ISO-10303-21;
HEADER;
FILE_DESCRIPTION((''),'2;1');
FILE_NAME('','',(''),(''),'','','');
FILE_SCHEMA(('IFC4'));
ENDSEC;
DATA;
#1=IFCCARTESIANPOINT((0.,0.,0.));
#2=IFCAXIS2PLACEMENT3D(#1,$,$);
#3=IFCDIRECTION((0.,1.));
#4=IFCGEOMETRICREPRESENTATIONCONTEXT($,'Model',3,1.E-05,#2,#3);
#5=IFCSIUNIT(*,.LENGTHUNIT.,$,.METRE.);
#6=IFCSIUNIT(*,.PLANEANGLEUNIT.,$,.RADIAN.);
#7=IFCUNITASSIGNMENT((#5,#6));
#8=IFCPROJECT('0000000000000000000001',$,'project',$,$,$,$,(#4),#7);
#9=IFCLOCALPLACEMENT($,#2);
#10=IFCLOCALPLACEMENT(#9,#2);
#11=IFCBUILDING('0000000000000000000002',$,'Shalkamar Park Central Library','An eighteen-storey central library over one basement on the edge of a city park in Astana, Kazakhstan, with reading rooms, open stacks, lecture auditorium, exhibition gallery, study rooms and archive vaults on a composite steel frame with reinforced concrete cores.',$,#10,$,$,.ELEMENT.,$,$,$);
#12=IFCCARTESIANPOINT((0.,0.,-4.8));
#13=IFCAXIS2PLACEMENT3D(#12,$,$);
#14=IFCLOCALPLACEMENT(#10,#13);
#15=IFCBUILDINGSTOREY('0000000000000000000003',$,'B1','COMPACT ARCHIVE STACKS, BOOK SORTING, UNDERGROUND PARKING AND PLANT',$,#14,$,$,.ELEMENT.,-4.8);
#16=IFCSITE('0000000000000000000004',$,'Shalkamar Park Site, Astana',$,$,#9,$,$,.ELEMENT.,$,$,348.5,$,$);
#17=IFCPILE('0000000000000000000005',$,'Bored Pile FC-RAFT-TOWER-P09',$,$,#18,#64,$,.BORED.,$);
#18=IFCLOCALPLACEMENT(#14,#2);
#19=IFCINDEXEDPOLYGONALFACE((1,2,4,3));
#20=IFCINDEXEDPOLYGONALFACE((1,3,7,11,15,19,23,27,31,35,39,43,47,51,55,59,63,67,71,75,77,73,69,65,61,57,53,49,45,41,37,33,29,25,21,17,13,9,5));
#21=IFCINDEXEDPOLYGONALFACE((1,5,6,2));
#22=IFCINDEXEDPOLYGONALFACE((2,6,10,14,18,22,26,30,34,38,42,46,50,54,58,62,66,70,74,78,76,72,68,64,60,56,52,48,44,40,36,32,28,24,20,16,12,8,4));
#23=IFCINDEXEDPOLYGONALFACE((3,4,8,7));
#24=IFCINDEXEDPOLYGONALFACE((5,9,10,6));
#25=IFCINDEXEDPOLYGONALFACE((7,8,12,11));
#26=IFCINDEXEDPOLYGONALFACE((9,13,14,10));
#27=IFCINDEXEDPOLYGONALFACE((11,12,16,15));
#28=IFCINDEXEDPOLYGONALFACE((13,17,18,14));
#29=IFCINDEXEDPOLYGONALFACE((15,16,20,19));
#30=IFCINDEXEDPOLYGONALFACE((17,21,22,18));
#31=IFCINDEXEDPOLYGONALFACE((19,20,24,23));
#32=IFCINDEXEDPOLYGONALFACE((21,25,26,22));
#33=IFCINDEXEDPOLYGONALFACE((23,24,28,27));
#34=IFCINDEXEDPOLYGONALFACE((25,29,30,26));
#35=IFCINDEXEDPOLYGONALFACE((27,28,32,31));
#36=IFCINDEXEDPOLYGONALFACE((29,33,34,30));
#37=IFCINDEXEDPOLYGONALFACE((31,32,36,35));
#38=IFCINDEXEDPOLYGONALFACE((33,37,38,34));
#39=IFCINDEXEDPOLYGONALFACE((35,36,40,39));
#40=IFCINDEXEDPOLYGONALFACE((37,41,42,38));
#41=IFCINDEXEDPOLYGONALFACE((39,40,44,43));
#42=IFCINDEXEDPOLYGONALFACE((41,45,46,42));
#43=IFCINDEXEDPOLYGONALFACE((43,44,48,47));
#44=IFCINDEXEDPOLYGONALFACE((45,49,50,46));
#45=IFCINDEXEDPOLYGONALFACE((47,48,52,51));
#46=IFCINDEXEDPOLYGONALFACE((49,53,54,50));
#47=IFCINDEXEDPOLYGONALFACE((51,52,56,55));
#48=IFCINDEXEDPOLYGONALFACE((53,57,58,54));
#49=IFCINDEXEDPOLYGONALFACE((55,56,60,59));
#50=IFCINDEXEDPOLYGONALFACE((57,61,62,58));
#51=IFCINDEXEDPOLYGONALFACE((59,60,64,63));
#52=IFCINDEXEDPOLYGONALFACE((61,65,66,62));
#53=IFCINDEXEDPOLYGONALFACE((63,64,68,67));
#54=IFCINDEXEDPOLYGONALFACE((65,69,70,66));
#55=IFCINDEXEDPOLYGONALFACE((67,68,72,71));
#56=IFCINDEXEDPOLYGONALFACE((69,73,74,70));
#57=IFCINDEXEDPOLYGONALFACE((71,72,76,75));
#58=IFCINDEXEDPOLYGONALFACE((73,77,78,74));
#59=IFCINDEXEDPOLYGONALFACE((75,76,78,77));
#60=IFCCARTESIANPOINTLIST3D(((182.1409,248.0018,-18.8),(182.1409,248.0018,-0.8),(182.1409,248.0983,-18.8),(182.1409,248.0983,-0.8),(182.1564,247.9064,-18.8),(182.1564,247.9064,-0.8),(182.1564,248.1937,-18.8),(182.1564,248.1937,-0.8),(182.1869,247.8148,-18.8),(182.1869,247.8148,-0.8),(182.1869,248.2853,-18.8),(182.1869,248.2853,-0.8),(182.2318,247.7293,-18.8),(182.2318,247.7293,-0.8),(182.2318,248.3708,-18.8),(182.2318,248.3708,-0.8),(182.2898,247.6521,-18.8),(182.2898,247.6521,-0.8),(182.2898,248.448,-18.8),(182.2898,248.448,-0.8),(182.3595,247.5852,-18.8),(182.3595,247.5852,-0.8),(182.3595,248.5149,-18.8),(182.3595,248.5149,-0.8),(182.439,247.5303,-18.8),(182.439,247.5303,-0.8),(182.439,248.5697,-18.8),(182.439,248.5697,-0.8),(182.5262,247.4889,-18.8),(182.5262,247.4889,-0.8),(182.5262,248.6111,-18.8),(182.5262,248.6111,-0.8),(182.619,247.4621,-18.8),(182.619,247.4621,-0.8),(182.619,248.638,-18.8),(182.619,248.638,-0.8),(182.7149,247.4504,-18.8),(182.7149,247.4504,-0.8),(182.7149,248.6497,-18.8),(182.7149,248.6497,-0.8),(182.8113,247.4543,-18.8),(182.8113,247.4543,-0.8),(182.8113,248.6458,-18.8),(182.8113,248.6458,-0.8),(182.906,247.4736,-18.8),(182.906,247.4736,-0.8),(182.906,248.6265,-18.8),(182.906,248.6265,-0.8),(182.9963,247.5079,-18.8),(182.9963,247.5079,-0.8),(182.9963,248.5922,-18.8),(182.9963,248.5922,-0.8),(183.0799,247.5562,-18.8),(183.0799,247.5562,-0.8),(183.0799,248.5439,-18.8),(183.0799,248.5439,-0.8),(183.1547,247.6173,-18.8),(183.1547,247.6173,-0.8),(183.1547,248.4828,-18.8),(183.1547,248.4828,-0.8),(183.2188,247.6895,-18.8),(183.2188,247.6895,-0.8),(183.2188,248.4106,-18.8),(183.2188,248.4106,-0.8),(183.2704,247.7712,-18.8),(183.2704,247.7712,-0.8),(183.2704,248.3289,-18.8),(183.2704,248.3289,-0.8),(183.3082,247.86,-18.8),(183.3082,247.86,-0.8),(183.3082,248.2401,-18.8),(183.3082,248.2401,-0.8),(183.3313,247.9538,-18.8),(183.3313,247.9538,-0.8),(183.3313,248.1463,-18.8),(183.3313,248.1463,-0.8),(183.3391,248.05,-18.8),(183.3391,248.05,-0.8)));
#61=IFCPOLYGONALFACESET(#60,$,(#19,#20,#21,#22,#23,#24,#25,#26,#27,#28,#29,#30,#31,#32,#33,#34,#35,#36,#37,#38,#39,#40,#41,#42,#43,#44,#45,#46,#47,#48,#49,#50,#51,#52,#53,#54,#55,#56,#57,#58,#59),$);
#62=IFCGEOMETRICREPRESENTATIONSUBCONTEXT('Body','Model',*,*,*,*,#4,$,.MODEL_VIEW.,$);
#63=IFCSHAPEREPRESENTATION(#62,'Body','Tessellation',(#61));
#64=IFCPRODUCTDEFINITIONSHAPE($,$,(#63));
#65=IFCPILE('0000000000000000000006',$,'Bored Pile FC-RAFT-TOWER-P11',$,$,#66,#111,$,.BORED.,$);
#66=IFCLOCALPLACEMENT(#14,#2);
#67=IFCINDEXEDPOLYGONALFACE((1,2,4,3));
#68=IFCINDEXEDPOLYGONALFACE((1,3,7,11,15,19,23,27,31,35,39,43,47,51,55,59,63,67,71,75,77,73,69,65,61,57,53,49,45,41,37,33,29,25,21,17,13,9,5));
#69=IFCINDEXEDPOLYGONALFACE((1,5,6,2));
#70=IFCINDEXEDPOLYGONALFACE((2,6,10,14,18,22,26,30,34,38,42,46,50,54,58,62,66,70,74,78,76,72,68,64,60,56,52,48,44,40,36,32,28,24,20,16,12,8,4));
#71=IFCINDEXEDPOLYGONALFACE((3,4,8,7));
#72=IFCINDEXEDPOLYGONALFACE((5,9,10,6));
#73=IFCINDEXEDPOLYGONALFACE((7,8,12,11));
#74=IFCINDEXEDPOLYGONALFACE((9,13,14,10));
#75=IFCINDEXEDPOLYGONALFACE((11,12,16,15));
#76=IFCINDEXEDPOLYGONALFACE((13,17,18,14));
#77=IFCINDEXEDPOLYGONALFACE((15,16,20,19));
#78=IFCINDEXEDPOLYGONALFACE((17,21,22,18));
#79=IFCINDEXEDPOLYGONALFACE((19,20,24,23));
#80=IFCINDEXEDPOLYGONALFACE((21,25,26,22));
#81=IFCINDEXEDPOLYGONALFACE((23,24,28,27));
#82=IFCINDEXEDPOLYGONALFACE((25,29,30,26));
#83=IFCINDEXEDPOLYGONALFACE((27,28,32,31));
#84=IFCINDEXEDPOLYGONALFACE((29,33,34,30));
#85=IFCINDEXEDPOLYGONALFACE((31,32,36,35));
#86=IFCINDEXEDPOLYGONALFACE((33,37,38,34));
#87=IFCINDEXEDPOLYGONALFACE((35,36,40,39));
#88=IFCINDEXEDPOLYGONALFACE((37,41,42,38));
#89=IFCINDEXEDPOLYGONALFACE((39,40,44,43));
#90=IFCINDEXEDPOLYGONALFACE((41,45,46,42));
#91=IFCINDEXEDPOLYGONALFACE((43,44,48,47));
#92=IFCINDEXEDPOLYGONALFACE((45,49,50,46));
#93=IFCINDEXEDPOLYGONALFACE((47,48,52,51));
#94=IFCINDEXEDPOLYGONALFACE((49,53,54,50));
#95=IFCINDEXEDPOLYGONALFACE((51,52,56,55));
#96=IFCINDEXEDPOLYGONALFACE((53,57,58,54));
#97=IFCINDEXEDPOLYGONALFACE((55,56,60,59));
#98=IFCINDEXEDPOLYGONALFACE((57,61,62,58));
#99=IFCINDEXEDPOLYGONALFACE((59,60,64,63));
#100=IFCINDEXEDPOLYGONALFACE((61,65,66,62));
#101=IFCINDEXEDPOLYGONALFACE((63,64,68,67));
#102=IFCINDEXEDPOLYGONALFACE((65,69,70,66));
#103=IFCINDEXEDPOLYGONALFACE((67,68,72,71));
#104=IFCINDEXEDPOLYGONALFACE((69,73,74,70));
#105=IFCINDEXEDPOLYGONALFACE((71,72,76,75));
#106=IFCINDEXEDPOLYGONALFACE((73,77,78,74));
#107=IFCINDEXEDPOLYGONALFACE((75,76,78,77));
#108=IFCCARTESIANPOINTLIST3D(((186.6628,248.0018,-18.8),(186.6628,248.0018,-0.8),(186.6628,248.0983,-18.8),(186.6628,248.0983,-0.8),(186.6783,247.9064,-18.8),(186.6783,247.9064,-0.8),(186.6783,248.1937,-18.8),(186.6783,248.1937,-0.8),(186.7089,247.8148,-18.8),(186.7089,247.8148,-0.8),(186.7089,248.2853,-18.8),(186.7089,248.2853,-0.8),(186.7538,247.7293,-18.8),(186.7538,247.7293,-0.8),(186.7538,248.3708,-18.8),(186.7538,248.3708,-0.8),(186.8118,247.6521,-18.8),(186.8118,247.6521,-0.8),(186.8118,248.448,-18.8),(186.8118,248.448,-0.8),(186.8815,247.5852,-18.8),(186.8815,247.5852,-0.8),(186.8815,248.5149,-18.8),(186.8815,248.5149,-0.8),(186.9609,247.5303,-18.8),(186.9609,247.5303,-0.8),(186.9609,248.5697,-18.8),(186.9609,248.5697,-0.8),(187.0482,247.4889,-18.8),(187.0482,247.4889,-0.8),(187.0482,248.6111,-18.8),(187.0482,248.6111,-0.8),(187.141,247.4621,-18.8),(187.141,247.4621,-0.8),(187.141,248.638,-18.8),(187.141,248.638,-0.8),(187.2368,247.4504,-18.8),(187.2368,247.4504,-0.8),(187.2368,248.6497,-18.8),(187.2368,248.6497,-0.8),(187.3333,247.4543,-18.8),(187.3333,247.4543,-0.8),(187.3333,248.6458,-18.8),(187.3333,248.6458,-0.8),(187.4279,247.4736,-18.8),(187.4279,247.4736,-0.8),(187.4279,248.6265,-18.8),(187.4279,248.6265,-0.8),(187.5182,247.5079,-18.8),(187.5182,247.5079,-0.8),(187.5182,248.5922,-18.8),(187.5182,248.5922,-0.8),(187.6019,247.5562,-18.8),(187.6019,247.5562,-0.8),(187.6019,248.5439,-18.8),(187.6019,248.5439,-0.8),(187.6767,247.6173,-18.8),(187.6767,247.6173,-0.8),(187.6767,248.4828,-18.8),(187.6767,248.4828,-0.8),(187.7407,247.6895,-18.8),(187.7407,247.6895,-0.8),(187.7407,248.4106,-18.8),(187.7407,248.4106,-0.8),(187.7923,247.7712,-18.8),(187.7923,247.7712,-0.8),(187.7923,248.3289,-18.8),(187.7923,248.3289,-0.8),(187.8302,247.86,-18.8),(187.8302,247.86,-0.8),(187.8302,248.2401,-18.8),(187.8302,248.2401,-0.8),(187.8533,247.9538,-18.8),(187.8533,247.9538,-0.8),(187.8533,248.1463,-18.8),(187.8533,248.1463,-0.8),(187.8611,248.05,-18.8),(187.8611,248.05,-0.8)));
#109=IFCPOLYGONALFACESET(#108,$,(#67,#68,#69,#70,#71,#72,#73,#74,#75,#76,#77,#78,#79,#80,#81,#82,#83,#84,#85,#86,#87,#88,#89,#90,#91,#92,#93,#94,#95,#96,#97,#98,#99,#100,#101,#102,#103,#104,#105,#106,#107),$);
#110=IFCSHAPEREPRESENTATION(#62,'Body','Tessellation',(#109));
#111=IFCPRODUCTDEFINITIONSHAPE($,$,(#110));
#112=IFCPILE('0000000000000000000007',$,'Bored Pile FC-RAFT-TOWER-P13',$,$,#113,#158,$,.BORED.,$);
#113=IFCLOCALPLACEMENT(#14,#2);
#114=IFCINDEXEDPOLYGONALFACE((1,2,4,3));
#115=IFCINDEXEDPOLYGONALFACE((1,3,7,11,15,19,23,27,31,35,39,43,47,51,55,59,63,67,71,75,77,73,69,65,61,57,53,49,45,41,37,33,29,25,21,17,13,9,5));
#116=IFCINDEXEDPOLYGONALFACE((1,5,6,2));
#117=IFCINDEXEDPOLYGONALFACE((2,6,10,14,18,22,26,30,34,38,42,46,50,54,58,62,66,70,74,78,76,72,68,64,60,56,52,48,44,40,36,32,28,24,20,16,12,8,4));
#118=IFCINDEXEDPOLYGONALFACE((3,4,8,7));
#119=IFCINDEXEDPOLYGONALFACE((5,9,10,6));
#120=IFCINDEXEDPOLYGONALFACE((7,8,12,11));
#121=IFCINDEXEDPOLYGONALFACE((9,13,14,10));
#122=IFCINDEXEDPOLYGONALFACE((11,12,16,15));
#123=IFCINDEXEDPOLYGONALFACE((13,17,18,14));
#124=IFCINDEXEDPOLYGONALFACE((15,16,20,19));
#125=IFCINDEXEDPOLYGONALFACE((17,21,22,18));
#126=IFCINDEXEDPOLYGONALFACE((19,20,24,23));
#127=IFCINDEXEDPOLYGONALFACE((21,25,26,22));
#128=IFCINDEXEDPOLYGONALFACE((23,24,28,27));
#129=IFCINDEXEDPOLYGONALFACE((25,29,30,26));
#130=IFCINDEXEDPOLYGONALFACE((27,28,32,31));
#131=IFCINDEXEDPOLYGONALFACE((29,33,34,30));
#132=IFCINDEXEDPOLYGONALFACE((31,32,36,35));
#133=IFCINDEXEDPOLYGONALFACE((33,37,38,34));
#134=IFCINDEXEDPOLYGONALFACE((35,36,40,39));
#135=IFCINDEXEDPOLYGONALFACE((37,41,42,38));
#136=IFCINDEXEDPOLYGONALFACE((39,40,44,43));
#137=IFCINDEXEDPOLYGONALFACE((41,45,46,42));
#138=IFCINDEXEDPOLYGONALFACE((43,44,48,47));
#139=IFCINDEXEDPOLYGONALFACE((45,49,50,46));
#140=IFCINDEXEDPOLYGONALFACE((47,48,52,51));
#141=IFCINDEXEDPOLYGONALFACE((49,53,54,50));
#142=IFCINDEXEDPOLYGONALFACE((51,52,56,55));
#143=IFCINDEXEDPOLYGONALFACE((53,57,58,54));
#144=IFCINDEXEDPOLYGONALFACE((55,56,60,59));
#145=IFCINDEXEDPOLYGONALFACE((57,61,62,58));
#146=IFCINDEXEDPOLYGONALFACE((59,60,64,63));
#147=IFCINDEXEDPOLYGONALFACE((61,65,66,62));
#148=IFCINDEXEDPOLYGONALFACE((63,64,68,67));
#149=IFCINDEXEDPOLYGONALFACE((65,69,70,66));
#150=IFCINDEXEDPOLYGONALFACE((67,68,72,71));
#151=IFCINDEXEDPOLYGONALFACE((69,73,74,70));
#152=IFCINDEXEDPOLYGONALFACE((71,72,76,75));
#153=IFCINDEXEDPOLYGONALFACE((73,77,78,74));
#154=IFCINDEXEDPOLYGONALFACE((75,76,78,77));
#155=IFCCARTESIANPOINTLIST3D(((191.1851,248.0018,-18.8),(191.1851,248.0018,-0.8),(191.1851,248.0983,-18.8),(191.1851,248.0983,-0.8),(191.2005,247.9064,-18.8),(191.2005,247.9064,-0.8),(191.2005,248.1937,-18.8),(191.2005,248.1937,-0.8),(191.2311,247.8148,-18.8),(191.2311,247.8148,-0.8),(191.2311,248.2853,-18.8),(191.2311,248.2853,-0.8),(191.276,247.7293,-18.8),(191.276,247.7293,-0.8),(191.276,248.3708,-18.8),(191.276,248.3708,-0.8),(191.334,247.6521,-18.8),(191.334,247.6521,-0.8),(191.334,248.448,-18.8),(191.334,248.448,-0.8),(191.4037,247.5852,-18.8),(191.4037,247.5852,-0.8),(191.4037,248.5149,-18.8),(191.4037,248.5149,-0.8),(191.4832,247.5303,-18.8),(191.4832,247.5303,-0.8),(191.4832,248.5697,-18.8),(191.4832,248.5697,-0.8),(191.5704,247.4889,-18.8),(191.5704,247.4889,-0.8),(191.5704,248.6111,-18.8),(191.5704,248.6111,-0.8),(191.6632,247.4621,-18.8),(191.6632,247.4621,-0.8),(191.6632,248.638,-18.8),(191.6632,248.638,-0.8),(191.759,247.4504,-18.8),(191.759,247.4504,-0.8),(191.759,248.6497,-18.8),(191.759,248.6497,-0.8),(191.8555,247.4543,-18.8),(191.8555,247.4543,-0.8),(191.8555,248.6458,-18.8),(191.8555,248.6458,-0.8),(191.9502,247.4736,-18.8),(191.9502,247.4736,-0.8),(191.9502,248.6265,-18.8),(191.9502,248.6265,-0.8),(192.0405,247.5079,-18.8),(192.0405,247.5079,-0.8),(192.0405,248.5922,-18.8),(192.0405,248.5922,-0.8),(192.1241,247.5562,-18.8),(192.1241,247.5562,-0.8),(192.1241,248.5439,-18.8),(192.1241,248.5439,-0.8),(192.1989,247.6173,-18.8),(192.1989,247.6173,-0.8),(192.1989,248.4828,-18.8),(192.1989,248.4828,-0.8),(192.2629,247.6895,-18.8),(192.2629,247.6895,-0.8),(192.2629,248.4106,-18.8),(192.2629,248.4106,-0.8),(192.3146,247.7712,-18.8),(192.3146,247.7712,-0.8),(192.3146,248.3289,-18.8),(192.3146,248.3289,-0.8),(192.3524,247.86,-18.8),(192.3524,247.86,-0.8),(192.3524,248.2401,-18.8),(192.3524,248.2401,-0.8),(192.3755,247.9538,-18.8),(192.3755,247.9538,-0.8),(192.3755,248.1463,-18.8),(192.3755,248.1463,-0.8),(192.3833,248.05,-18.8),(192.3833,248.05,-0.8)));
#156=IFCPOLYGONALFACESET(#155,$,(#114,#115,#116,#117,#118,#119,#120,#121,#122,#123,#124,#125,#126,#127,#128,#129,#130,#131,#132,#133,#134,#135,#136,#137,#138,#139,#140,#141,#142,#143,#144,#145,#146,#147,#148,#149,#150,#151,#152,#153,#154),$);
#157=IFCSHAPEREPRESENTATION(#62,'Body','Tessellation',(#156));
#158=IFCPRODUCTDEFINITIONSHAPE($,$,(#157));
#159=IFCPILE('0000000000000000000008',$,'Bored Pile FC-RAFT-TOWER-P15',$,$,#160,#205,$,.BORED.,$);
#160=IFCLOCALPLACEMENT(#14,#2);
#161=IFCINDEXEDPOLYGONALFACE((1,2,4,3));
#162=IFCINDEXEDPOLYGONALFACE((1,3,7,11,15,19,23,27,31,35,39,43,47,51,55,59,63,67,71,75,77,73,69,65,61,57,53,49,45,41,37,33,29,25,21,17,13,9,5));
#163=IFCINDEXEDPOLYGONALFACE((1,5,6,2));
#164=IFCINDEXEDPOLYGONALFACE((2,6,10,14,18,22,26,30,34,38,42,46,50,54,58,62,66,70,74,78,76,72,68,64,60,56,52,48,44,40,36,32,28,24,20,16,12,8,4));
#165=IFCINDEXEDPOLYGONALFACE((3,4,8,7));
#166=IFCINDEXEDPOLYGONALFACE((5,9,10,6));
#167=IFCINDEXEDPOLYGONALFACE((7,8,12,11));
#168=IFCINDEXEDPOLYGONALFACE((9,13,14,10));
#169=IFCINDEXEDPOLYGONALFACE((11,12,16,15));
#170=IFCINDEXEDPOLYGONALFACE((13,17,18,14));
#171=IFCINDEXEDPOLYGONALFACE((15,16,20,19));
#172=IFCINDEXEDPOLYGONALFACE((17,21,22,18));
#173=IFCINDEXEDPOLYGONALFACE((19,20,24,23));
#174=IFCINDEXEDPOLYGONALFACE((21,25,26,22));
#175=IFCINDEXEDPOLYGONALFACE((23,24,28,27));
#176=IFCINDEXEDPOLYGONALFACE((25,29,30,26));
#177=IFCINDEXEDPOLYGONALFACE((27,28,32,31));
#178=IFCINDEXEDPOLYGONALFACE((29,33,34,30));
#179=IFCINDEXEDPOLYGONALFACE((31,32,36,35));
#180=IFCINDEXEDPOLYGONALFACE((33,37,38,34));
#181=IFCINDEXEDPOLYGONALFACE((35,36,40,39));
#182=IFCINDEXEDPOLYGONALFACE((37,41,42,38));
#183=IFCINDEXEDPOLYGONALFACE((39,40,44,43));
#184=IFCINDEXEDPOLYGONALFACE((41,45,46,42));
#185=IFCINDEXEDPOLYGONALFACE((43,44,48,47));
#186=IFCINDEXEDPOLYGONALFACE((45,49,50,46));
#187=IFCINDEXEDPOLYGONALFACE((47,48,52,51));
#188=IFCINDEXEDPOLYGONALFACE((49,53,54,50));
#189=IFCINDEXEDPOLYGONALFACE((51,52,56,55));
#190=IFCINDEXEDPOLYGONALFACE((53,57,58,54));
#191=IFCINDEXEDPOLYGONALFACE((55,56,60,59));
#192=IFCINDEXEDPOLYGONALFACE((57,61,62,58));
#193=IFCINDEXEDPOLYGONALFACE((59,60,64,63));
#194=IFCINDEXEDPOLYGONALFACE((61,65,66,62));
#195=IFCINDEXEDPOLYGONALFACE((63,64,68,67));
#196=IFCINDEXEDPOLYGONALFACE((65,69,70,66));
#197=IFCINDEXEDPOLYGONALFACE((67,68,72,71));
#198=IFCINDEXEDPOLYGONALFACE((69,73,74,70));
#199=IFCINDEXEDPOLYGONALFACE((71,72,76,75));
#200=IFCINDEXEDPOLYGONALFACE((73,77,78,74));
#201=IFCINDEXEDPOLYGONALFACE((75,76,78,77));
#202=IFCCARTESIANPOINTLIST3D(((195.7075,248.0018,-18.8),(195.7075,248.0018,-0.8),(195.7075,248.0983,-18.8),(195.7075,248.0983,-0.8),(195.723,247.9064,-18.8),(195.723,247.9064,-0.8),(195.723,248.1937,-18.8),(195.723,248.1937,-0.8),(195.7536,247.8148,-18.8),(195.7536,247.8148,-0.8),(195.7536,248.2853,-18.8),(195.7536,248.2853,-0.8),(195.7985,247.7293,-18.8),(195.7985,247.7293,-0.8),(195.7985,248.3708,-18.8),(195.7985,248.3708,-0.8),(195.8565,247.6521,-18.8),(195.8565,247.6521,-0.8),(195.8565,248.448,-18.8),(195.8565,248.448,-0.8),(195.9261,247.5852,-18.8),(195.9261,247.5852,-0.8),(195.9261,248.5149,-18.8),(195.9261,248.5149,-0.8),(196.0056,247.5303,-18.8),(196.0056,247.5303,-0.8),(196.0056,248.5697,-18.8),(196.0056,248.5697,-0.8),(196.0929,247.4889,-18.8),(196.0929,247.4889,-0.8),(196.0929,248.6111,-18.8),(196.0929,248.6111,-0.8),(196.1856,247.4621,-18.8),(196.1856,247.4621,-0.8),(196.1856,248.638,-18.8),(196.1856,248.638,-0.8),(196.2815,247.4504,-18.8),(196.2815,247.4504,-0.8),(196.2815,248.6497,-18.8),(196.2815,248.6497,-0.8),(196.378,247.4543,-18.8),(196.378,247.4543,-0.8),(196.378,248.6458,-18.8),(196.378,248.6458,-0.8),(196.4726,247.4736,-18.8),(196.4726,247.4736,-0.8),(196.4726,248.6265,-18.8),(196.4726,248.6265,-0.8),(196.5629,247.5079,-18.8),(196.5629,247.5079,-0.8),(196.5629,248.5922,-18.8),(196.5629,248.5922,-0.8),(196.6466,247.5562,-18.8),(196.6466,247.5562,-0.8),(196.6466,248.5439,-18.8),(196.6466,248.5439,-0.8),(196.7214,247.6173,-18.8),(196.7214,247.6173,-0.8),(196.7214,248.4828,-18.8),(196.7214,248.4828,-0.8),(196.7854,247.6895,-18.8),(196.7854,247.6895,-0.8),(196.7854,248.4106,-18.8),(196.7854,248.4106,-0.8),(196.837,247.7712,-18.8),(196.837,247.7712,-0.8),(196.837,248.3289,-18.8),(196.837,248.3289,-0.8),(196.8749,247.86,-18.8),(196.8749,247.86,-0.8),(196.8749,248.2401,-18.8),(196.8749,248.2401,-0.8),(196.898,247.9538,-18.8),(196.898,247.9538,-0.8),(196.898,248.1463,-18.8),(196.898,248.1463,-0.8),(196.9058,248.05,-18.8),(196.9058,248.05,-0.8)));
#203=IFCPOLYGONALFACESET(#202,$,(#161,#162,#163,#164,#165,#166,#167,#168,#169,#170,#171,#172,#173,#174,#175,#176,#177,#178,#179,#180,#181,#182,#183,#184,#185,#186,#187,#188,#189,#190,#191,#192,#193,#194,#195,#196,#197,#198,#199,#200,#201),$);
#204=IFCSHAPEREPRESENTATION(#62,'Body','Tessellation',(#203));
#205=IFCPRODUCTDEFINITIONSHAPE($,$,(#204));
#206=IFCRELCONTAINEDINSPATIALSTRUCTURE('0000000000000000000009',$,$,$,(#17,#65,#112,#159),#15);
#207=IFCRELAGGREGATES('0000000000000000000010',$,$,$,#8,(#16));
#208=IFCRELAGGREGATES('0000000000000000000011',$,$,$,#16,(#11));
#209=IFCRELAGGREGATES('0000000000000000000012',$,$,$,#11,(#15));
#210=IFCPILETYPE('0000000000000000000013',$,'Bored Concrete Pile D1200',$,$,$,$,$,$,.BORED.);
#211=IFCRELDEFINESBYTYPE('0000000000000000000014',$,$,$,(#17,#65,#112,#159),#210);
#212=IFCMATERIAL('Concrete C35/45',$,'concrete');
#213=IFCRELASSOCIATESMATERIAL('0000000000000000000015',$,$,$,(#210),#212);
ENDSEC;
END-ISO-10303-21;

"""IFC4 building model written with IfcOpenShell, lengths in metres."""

from ifc_helpers import new_model, si_unit, direction, frame, origin, origin_2d, place, context, subcontext, project, spatial, circle, extrude, material, material_profile, profile_set, type_object, element, save


model = new_model("IFC4")

# Units and contexts
model_context = context("Model", 3, precision=1e-05, world=origin(), true_north=direction((0.0, 1.0)))
body_context = subcontext(model_context, "Body", "Model", "MODEL_VIEW")
ifc_project = project(units=[si_unit("LENGTHUNIT", "METRE"), si_unit("PLANEANGLEUNIT", "RADIAN")], contexts=[model_context])

# Site, building, storey
site_placement = place(None, origin())
site = spatial("IfcSite", under=ifc_project, at=site_placement, Name="Shalkamar Park Site, Astana", CompositionType="ELEMENT", RefElevation=348.5)
building_placement = place(site_placement, origin())
building = spatial("IfcBuilding", under=site, at=building_placement, Name="Shalkamar Park Central Library", Description="An eighteen-storey central library over one basement on the edge of a city park in Astana, Kazakhstan, with reading rooms, open stacks, lecture auditorium, exhibition gallery, study rooms and archive vaults on a composite steel frame with reinforced concrete cores.", CompositionType="ELEMENT")
storey_placement = place(building_placement, frame((0.0, 0.0, -4.8)))
storey = spatial("IfcBuildingStorey", under=building, at=storey_placement, Name="B1", Description="COMPACT ARCHIVE STACKS, BOOK SORTING, UNDERGROUND PARKING AND PLANT", CompositionType="ELEMENT", Elevation=-4.8)

# Piles
ifc_material_1 = material(Name="Concrete C35/45", Category="concrete")
ifc_material_profile_1 = material_profile(ifc_material_1, circle(Radius=0.6001, at=origin_2d()), Name="PILE D1200")
ifc_profile_set_1 = profile_set([ifc_material_profile_1], Name="Concrete C35/45")
pile_type_1 = type_object("IfcPileType", Name="Bored Concrete Pile D1200", PredefinedType="BORED", material=ifc_profile_set_1)
for number, where, z_axis, x_axis, name in (
    (1, (182.739, 248.05, -0.8), (0.0, 0.0, -1.0), (1.0, 0.0, 0.0), "Bored Pile FC-RAFT-TOWER-P09"),
    (2, (187.261, 248.05, -0.8), (0.0, 0.0, -1.0), (1.0, 0.0, 0.0), "Bored Pile FC-RAFT-TOWER-P11"),
    (3, (191.7832, 248.05, -0.8), (0.0, 0.0, -1.0), (1.0, 0.0, 0.0), "Bored Pile FC-RAFT-TOWER-P13"),
    (4, (196.3057, 248.05, -0.8), (0.0, 0.0, -1.0), (1.0, 0.0, 0.0), "Bored Pile FC-RAFT-TOWER-P15"),
):
    element("IfcPile", number, at=place(storey_placement, frame(where, z_axis=z_axis, x_axis=x_axis)), inside=storey, type_object=pile_type_1, Name=name, PredefinedType="BORED", context=body_context, shape_type="SweptSolid", body=[
        extrude(circle(Radius=0.6001, at=origin_2d()), origin(), (0.0, 0.0, 1.0), 18.0),
    ])

save(model, "model.ifc")
